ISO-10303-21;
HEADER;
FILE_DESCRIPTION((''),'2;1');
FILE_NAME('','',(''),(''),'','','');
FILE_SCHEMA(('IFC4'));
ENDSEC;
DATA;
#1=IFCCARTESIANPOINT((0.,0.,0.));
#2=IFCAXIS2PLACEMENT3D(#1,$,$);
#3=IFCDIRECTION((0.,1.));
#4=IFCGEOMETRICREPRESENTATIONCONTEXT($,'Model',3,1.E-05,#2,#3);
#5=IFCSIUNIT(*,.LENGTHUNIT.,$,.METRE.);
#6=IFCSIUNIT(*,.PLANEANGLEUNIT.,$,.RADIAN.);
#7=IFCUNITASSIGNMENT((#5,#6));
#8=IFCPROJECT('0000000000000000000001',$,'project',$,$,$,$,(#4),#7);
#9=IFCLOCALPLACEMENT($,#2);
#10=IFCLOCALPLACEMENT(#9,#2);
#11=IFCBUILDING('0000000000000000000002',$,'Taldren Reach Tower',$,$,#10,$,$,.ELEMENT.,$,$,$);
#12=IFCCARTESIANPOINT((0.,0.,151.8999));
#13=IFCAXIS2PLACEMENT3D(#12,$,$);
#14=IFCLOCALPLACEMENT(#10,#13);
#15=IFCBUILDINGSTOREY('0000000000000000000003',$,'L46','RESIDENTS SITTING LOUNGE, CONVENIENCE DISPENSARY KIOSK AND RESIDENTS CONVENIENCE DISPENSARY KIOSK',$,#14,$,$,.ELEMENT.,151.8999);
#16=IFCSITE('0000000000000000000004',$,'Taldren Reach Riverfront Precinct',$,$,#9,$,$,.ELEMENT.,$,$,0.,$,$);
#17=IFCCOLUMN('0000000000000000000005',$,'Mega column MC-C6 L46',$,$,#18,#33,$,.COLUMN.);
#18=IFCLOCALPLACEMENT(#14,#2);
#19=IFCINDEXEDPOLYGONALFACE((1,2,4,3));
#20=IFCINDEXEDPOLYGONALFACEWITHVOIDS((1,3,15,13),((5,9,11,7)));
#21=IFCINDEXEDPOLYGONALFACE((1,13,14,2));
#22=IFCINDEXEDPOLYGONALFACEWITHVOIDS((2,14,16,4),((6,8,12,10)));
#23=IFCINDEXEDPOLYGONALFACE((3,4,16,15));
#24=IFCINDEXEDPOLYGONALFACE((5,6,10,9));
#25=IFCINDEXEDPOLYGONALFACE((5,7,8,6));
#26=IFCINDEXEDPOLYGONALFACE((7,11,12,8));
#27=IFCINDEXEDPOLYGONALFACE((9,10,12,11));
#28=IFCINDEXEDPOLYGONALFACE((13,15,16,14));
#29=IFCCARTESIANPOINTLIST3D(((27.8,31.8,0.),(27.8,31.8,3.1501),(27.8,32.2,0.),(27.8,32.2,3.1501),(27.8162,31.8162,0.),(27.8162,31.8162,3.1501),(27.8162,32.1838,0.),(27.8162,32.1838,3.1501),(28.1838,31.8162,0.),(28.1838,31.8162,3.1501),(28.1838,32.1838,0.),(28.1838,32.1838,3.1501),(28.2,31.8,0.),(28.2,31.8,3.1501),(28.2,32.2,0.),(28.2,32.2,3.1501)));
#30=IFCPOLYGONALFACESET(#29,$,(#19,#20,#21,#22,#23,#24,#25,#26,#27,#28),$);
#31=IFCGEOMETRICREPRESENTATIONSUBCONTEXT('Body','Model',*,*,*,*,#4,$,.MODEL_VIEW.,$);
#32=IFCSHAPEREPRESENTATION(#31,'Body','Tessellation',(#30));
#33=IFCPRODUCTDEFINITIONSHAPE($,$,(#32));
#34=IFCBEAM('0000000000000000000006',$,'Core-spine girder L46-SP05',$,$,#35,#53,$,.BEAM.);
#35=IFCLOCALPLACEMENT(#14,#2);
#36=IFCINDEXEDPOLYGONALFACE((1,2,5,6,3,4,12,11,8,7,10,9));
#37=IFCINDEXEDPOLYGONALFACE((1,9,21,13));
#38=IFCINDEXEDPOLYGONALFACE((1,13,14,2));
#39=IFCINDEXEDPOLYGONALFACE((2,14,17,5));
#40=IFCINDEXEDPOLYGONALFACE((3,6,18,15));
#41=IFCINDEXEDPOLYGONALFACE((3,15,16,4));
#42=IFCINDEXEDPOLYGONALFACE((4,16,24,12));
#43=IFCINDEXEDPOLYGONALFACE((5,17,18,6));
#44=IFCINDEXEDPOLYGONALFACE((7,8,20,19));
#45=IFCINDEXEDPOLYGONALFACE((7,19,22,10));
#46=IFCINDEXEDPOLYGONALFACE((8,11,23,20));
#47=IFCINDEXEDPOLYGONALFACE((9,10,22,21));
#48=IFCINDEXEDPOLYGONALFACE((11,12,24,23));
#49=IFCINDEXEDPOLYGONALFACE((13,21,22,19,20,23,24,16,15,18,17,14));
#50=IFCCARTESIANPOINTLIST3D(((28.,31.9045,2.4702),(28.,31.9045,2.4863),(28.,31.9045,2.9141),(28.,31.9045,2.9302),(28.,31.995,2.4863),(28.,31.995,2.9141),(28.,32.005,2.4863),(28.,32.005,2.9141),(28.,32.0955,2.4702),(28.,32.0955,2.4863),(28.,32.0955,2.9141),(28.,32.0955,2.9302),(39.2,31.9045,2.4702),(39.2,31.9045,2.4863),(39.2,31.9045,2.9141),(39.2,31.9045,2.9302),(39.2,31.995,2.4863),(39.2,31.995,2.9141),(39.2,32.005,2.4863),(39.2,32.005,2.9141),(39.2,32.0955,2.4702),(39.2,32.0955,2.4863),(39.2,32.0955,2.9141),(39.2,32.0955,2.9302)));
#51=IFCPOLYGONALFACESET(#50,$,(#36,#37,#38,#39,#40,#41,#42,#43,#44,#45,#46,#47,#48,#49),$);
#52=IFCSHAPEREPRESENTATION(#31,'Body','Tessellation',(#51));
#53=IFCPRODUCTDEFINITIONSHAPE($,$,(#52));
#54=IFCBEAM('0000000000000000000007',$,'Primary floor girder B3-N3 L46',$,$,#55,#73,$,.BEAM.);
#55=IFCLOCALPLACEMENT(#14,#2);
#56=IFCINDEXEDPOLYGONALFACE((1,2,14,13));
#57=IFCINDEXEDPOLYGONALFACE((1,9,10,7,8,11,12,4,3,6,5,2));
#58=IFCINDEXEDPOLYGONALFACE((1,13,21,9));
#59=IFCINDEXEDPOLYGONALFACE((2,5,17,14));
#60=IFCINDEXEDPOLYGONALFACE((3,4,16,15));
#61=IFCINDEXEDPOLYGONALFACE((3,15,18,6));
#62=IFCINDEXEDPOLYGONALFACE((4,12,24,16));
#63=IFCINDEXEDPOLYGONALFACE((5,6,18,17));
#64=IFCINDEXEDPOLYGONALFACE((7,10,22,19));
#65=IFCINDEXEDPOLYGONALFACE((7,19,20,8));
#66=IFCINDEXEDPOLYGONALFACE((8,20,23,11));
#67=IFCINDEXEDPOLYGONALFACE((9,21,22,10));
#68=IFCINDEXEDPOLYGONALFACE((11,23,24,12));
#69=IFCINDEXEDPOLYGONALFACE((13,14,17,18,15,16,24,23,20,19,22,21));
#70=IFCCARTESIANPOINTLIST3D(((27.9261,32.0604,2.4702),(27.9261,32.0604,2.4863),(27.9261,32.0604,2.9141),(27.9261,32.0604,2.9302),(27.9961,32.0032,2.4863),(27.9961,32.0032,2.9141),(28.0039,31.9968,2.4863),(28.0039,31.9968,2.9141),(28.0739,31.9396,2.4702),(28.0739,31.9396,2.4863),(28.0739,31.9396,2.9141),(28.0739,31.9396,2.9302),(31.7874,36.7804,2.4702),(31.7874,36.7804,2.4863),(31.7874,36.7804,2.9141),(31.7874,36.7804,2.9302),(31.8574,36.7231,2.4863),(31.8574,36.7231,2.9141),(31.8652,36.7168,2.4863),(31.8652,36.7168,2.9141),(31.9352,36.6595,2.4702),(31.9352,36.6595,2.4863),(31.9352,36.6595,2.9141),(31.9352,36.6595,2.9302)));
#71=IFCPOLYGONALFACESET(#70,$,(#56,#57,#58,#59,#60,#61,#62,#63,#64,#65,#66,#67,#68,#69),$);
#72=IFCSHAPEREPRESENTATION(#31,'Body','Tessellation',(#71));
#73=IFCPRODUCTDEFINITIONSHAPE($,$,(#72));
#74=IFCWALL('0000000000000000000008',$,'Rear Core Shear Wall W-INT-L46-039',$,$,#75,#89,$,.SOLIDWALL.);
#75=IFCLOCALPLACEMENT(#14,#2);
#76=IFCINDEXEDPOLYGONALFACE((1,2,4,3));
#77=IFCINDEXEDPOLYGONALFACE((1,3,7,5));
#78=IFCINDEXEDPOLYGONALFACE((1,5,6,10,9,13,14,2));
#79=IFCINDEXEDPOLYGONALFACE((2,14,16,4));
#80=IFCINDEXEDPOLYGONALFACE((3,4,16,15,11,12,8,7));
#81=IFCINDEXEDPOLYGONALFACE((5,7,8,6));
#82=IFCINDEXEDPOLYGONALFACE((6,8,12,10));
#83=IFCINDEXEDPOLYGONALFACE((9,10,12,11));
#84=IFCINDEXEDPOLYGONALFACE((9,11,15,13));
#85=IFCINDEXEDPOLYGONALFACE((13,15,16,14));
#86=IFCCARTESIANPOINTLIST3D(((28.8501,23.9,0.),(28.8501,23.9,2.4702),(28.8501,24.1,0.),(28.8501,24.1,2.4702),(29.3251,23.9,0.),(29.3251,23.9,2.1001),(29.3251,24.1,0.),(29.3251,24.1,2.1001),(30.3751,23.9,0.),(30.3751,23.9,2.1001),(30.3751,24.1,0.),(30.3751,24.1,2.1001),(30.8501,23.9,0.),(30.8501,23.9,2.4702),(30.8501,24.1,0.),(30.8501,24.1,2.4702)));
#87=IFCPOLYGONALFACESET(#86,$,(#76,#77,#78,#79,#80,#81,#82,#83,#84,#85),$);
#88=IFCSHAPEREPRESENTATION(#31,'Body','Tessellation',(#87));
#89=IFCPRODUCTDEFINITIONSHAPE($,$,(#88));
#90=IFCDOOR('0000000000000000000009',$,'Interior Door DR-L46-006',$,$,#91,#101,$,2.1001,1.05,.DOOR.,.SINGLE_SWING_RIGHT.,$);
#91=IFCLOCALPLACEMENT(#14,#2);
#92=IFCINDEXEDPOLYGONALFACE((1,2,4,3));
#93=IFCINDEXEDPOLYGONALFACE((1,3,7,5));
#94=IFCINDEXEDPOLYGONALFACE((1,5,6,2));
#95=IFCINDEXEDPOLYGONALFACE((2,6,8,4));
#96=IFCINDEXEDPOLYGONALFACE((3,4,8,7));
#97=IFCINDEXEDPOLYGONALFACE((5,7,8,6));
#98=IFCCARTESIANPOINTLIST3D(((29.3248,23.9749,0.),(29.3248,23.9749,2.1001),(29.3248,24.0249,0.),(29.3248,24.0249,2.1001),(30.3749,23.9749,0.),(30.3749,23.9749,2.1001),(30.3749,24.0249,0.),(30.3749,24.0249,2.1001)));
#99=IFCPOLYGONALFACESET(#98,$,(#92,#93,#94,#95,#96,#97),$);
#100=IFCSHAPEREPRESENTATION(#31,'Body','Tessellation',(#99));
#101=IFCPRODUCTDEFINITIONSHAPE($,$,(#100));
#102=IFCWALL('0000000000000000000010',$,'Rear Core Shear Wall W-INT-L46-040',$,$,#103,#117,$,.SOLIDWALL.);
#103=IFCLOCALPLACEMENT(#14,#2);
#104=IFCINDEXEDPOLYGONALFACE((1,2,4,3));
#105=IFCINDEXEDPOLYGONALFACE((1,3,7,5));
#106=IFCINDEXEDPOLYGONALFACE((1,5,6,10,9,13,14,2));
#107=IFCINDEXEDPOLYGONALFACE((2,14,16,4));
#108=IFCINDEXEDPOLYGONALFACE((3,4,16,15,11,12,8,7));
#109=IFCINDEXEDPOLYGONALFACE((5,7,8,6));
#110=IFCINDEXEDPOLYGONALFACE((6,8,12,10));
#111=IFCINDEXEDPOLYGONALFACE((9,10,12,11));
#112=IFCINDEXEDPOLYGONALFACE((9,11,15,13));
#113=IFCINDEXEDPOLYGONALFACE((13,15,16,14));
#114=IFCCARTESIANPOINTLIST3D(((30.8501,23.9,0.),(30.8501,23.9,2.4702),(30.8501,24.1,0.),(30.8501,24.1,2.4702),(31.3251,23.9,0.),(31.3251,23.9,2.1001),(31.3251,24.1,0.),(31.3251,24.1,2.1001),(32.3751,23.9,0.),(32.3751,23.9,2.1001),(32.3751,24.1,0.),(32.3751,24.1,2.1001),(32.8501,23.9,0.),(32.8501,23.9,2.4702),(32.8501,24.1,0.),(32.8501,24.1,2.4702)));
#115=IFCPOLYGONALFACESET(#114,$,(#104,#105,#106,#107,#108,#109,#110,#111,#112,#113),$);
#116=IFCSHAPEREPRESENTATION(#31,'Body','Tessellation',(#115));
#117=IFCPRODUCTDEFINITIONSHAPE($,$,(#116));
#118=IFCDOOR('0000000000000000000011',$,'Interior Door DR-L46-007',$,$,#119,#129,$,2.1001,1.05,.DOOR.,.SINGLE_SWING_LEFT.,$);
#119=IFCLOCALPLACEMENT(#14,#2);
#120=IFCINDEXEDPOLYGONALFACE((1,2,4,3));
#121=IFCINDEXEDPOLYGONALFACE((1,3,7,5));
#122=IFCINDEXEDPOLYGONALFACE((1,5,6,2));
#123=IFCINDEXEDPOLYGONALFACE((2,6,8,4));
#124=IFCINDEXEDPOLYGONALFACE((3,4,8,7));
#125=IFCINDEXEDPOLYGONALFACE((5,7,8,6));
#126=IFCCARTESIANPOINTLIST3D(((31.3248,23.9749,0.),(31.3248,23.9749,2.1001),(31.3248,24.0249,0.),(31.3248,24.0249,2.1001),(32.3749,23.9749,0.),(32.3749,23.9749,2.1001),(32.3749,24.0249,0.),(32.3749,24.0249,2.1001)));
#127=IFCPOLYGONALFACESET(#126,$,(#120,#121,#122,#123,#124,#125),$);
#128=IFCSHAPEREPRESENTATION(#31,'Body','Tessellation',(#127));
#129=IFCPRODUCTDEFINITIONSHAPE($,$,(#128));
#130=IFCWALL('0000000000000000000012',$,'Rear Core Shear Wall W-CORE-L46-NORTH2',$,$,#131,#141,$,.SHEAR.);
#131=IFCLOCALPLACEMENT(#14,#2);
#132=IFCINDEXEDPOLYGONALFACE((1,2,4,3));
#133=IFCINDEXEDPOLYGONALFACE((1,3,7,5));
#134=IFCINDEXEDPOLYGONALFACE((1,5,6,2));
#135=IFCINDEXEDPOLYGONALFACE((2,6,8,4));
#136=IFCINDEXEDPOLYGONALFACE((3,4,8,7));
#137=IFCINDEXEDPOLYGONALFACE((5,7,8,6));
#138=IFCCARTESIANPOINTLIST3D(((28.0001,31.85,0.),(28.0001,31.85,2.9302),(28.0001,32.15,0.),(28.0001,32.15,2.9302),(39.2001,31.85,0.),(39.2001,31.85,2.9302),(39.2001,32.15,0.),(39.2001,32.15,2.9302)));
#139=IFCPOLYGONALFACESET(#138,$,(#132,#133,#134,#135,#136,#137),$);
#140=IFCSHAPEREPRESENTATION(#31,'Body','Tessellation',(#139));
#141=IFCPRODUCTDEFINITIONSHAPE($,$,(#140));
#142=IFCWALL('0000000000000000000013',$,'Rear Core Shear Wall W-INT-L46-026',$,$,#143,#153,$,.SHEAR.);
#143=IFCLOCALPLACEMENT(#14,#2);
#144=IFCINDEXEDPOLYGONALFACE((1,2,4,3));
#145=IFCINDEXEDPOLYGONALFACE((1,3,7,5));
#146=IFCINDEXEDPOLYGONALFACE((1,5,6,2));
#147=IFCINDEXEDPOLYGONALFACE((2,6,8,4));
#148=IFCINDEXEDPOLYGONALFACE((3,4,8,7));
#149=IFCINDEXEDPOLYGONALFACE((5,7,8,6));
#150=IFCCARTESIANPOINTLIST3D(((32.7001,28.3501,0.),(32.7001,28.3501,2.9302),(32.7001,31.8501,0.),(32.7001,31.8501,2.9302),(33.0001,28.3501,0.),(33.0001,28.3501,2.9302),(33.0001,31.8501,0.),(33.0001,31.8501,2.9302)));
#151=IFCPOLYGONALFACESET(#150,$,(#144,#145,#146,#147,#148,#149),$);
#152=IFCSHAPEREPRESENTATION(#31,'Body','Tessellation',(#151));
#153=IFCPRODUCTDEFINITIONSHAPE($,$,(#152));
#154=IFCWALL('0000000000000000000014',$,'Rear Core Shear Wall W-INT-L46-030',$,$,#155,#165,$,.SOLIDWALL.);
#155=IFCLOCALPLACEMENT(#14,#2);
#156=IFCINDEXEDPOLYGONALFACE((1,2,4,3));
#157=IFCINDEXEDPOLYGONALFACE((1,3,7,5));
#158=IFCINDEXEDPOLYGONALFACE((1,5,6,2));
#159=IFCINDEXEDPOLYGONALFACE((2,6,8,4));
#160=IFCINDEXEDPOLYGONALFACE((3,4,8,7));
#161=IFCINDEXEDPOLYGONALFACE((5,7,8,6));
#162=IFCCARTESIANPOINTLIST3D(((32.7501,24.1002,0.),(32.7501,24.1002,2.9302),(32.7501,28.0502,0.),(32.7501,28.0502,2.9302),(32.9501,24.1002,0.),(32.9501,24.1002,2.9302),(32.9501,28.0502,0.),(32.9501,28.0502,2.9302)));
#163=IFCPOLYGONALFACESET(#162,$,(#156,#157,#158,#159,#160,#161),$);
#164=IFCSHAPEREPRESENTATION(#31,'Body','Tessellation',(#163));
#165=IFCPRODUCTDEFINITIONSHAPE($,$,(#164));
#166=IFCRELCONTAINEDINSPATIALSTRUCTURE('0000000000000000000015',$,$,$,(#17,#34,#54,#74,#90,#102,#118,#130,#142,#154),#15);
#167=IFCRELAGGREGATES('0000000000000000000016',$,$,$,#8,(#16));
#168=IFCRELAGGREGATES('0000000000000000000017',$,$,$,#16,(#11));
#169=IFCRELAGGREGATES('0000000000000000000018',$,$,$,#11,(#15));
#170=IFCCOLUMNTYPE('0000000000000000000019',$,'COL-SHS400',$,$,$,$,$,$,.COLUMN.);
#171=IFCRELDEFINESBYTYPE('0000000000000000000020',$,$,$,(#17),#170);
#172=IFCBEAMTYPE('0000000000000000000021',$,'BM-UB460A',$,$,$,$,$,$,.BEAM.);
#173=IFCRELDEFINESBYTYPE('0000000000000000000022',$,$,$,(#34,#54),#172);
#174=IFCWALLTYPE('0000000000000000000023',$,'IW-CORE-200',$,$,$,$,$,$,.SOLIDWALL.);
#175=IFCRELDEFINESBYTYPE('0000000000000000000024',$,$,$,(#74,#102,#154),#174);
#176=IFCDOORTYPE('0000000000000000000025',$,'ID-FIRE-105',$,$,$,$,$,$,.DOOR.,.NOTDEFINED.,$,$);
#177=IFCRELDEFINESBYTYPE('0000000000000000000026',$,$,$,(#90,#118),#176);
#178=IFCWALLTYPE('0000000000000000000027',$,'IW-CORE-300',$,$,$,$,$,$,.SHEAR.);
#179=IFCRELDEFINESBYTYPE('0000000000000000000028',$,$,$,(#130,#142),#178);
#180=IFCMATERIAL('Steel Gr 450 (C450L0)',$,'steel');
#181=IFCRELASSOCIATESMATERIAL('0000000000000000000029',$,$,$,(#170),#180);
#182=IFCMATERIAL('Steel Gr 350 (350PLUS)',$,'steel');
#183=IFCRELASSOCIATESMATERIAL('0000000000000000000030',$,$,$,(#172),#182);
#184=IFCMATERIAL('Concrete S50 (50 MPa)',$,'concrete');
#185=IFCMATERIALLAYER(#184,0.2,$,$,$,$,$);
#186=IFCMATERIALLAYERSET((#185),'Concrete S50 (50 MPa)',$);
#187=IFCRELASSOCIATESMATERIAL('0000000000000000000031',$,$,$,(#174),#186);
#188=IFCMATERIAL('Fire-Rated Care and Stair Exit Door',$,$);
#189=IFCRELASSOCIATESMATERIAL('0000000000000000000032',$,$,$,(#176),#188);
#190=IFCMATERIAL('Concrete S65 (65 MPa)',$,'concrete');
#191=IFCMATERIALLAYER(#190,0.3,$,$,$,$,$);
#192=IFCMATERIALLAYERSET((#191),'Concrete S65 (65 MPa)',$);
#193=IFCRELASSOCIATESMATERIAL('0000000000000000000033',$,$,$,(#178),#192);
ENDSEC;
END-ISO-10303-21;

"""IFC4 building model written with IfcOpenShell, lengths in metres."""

from ifc_helpers import new_model, si_unit, direction, frame, frame_2d, origin, origin_2d, place, context, subcontext, project, spatial, rectangle, hollow_rectangle, i_section, extrude, source, transform, mapped, material, layer, layer_set, material_profile, profile_set, type_object, element, fill, save


model = new_model("IFC4")

# Units and contexts
model_context = context("Model", 3, precision=1e-05, world=origin(), true_north=direction((0.0, 1.0)))
body_context = subcontext(model_context, "Body", "Model", "MODEL_VIEW")
ifc_project = project(units=[si_unit("LENGTHUNIT", "METRE"), si_unit("PLANEANGLEUNIT", "RADIAN")], contexts=[model_context])

# Site, building, storey
site_placement = place(None, origin())
site = spatial("IfcSite", under=ifc_project, at=site_placement, Name="Taldren Reach Riverfront Precinct", CompositionType="ELEMENT", RefElevation=0.0)
building_placement = place(site_placement, origin())
building = spatial("IfcBuilding", under=site, at=building_placement, Name="Taldren Reach Tower", CompositionType="ELEMENT")
storey_placement = place(building_placement, frame((0.0, 0.0, 151.8999)))
storey = spatial("IfcBuildingStorey", under=building, at=storey_placement, Name="L46", Description="RESIDENTS SITTING LOUNGE, CONVENIENCE DISPENSARY KIOSK AND RESIDENTS CONVENIENCE DISPENSARY KIOSK", CompositionType="ELEMENT", Elevation=151.8999)

# Column
ifc_material_1 = material(Name="Steel Gr 450 (C450L0)", Category="steel")
ifc_material_profile_1 = material_profile(ifc_material_1, hollow_rectangle(XDim=0.3999, YDim=0.3999, WallThickness=0.0161, at=origin_2d()), Name="400x400x16.0SHS")
ifc_profile_set_1 = profile_set([ifc_material_profile_1], Name="Steel Gr 450 (C450L0)")
column_type = type_object("IfcColumnType", Name="COL-SHS400", PredefinedType="COLUMN", material=ifc_profile_set_1)
shared_shape_1 = source(origin(), body_context, "Body", "SweptSolid", [
    extrude(hollow_rectangle(XDim=0.3999, YDim=0.3999, WallThickness=0.0161, at=origin_2d()), origin(), (0.0, 0.0, 1.0), 3.1501),
])
column_placement = place(storey_placement, frame((28.0, 32.0, 0.0), z_axis=(0.0, 0.0, 1.0), x_axis=(1.0, 0.0, 0.0)))
element("IfcColumn", 1, at=column_placement, inside=storey, type_object=column_type, Name="Mega column MC-C6 L46", PredefinedType="COLUMN", context=body_context, shape_type="MappedRepresentation", body=[
    mapped(shared_shape_1, transform((0.0, 0.0, 0.0), scale=1.0)),
])

# Beams
ifc_material_2 = material(Name="Steel Gr 350 (350PLUS)", Category="steel")
ifc_material_profile_2 = material_profile(ifc_material_2, i_section(OverallWidth=0.1909, OverallDepth=0.46, WebThickness=0.01, FlangeThickness=0.0161, at=origin_2d()), Name="460UB82.1")
ifc_profile_set_2 = profile_set([ifc_material_profile_2], Name="Steel Gr 350 (350PLUS)")
beam_type = type_object("IfcBeamType", Name="BM-UB460A", PredefinedType="BEAM", material=ifc_profile_set_2)
shared_shape_2 = source(origin(), body_context, "Body", "SweptSolid", [
    extrude(i_section(OverallWidth=0.1909, OverallDepth=0.46, WebThickness=0.01, FlangeThickness=0.0161, at=origin_2d()), origin(), (0.0, 0.0, 1.0), 11.2),
])
beam_1_placement = place(storey_placement, frame((28.0, 32.0, 2.7002), z_axis=(1.0, 0.0, 0.0), x_axis=(0.0, 1.0, 0.0)))
element("IfcBeam", 2, at=beam_1_placement, inside=storey, type_object=beam_type, Name="Core-spine girder L46-SP05", PredefinedType="BEAM", context=body_context, shape_type="MappedRepresentation", body=[
    mapped(shared_shape_2, transform((0.0, 0.0, 0.0), scale=1.0)),
])
shared_shape_3 = source(origin(), body_context, "Body", "SweptSolid", [
    extrude(i_section(OverallWidth=0.1909, OverallDepth=0.46, WebThickness=0.01, FlangeThickness=0.0161, at=origin_2d()), origin(), (0.0, 0.0, 1.0), 6.0981),
])
beam_2_placement = place(storey_placement, frame((28.0, 32.0, 2.7002), z_axis=(0.633192, 0.773995, 0.0), x_axis=(-0.773995, 0.633192, 0.0)))
element("IfcBeam", 3, at=beam_2_placement, inside=storey, type_object=beam_type, Name="Primary floor girder B3-N3 L46", PredefinedType="BEAM", context=body_context, shape_type="MappedRepresentation", body=[
    mapped(shared_shape_3, transform((0.0, 0.0, 0.0), scale=1.0)),
])

# Walls, openings, doors
ifc_material_3 = material(Name="Concrete S50 (50 MPa)", Category="concrete")
ifc_layer_1 = layer(ifc_material_3, 0.2)
ifc_layer_set_1 = layer_set([ifc_layer_1], Name="Concrete S50 (50 MPa)")
wall_type_1 = type_object("IfcWallType", Name="IW-CORE-200", PredefinedType="SOLIDWALL", material=ifc_layer_set_1)
shared_shape_4 = source(origin(), body_context, "Body", "SweptSolid", [
    extrude(rectangle(XDim=2.0, YDim=0.2, at=frame_2d((1.0, 0.0))), origin(), (0.0, 0.0, 1.0), 2.4702),
])
wall_1_placement = place(storey_placement, frame((30.8501, 24.0, 0.0), z_axis=(0.0, 0.0, 1.0), x_axis=(-1.0, 0.0, 0.0)))
wall_1 = element("IfcWall", 4, at=wall_1_placement, inside=storey, type_object=wall_type_1, Name="Rear Core Shear Wall W-INT-L46-039", PredefinedType="SOLIDWALL", context=body_context, shape_type="MappedRepresentation", body=[
    mapped(shared_shape_4, transform((0.0, 0.0, 0.0), scale=1.0)),
])
shared_shape_5 = source(origin(), body_context, "Body", "SweptSolid", [
    extrude(rectangle(XDim=1.05, YDim=2.1001, at=frame_2d((0.5249, 1.05))), frame((0.0, 0.1099, 0.0), z_axis=(0.0, -1.0, 0.0), x_axis=(1.0, 0.0, 0.0)), (0.0, 0.0, 1.0), 0.22),
])
opening_1_placement = place(wall_1_placement, frame((0.4751, 0.0, 0.0)))
opening_1 = element("IfcOpeningElement", 5, at=opening_1_placement, cuts=wall_1, PredefinedType="OPENING", context=body_context, shape_type="MappedRepresentation", body=[
    mapped(shared_shape_5, transform((0.0, 0.0, 0.0), scale=1.0)),
])
ifc_material_4 = material(Name="Fire-Rated Care and Stair Exit Door")
door_type_1 = type_object("IfcDoorType", Name="ID-FIRE-105", OperationType="NOTDEFINED", PredefinedType="DOOR", material=ifc_material_4)
shared_shape_6 = source(origin(), body_context, "Body", "SweptSolid", [
    extrude(rectangle(XDim=1.05, YDim=2.1001, at=frame_2d((0.5249, 1.05))), frame((0.0, 0.0249, 0.0), z_axis=(0.0, -1.0, 0.0), x_axis=(1.0, 0.0, 0.0)), (0.0, 0.0, 1.0), 0.05),
])
door_1_placement = place(opening_1_placement, frame((1.05, 0.0, 0.0), z_axis=(0.0, 0.0, 1.0), x_axis=(-1.0, 0.0, 0.0)))
door_1 = element("IfcDoor", 6, at=door_1_placement, inside=storey, type_object=door_type_1, Name="Interior Door DR-L46-006", OperationType="SINGLE_SWING_RIGHT", OverallHeight=2.1001, OverallWidth=1.05, PredefinedType="DOOR", context=body_context, shape_type="MappedRepresentation", body=[
    mapped(shared_shape_6, transform((0.0, 0.0, 0.0), scale=1.0)),
])
fill(opening_1, door_1)
wall_2_placement = place(storey_placement, frame((32.8501, 24.0, 0.0), z_axis=(0.0, 0.0, 1.0), x_axis=(-1.0, 0.0, 0.0)))
wall_2 = element("IfcWall", 7, at=wall_2_placement, inside=storey, type_object=wall_type_1, Name="Rear Core Shear Wall W-INT-L46-040", PredefinedType="SOLIDWALL", context=body_context, shape_type="MappedRepresentation", body=[
    mapped(shared_shape_4, transform((0.0, 0.0, 0.0), scale=1.0)),
])
opening_2_placement = place(wall_2_placement, frame((0.4751, 0.0, 0.0)))
opening_2 = element("IfcOpeningElement", 8, at=opening_2_placement, cuts=wall_2, PredefinedType="OPENING", context=body_context, shape_type="MappedRepresentation", body=[
    mapped(shared_shape_5, transform((0.0, 0.0, 0.0), scale=1.0)),
])
door_2_placement = place(opening_2_placement, frame((1.05, 0.0, 0.0), z_axis=(0.0, 0.0, 1.0), x_axis=(-1.0, 0.0, 0.0)))
door_2 = element("IfcDoor", 9, at=door_2_placement, inside=storey, type_object=door_type_1, Name="Interior Door DR-L46-007", OperationType="SINGLE_SWING_LEFT", OverallHeight=2.1001, OverallWidth=1.05, PredefinedType="DOOR", context=body_context, shape_type="MappedRepresentation", body=[
    mapped(shared_shape_6, transform((0.0, 0.0, 0.0), scale=1.0)),
])
fill(opening_2, door_2)

# Walls
ifc_material_5 = material(Name="Concrete S65 (65 MPa)", Category="concrete")
ifc_layer_2 = layer(ifc_material_5, 0.3)
ifc_layer_set_2 = layer_set([ifc_layer_2], Name="Concrete S65 (65 MPa)")
wall_type_2 = type_object("IfcWallType", Name="IW-CORE-300", PredefinedType="SHEAR", material=ifc_layer_set_2)
shared_shape_7 = source(origin(), body_context, "Body", "SweptSolid", [
    extrude(rectangle(XDim=11.2, YDim=0.3, at=frame_2d((5.6001, 0.0))), origin(), (0.0, 0.0, 1.0), 2.9302),
])
wall_3_placement = place(storey_placement, frame((28.0, 32.0, 0.0), z_axis=(0.0, 0.0, 1.0), x_axis=(1.0, 0.0, 0.0)))
element("IfcWall", 10, at=wall_3_placement, inside=storey, type_object=wall_type_2, Name="Rear Core Shear Wall W-CORE-L46-NORTH2", PredefinedType="SHEAR", context=body_context, shape_type="MappedRepresentation", body=[
    mapped(shared_shape_7, transform((0.0, 0.0, 0.0), scale=1.0)),
])
shared_shape_8 = source(origin(), body_context, "Body", "SweptSolid", [
    extrude(rectangle(XDim=3.5, YDim=0.3, at=frame_2d((1.75, 0.0))), origin(), (0.0, 0.0, 1.0), 2.9302),
])
wall_4_placement = place(storey_placement, frame((32.8501, 31.8501, 0.0), z_axis=(0.0, 0.0, 1.0), x_axis=(0.0, -1.0, 0.0)))
element("IfcWall", 11, at=wall_4_placement, inside=storey, type_object=wall_type_2, Name="Rear Core Shear Wall W-INT-L46-026", PredefinedType="SHEAR", context=body_context, shape_type="MappedRepresentation", body=[
    mapped(shared_shape_8, transform((0.0, 0.0, 0.0), scale=1.0)),
])
shared_shape_9 = source(origin(), body_context, "Body", "SweptSolid", [
    extrude(rectangle(XDim=3.95, YDim=0.2, at=frame_2d((1.9751, 0.0))), origin(), (0.0, 0.0, 1.0), 2.9302),
])
wall_5_placement = place(storey_placement, frame((32.8501, 24.1001, 0.0), z_axis=(0.0, 0.0, 1.0), x_axis=(0.0, 1.0, 0.0)))
element("IfcWall", 12, at=wall_5_placement, inside=storey, type_object=wall_type_1, Name="Rear Core Shear Wall W-INT-L46-030", PredefinedType="SOLIDWALL", context=body_context, shape_type="MappedRepresentation", body=[
    mapped(shared_shape_9, transform((0.0, 0.0, 0.0), scale=1.0)),
])

save(model, "model.ifc")
